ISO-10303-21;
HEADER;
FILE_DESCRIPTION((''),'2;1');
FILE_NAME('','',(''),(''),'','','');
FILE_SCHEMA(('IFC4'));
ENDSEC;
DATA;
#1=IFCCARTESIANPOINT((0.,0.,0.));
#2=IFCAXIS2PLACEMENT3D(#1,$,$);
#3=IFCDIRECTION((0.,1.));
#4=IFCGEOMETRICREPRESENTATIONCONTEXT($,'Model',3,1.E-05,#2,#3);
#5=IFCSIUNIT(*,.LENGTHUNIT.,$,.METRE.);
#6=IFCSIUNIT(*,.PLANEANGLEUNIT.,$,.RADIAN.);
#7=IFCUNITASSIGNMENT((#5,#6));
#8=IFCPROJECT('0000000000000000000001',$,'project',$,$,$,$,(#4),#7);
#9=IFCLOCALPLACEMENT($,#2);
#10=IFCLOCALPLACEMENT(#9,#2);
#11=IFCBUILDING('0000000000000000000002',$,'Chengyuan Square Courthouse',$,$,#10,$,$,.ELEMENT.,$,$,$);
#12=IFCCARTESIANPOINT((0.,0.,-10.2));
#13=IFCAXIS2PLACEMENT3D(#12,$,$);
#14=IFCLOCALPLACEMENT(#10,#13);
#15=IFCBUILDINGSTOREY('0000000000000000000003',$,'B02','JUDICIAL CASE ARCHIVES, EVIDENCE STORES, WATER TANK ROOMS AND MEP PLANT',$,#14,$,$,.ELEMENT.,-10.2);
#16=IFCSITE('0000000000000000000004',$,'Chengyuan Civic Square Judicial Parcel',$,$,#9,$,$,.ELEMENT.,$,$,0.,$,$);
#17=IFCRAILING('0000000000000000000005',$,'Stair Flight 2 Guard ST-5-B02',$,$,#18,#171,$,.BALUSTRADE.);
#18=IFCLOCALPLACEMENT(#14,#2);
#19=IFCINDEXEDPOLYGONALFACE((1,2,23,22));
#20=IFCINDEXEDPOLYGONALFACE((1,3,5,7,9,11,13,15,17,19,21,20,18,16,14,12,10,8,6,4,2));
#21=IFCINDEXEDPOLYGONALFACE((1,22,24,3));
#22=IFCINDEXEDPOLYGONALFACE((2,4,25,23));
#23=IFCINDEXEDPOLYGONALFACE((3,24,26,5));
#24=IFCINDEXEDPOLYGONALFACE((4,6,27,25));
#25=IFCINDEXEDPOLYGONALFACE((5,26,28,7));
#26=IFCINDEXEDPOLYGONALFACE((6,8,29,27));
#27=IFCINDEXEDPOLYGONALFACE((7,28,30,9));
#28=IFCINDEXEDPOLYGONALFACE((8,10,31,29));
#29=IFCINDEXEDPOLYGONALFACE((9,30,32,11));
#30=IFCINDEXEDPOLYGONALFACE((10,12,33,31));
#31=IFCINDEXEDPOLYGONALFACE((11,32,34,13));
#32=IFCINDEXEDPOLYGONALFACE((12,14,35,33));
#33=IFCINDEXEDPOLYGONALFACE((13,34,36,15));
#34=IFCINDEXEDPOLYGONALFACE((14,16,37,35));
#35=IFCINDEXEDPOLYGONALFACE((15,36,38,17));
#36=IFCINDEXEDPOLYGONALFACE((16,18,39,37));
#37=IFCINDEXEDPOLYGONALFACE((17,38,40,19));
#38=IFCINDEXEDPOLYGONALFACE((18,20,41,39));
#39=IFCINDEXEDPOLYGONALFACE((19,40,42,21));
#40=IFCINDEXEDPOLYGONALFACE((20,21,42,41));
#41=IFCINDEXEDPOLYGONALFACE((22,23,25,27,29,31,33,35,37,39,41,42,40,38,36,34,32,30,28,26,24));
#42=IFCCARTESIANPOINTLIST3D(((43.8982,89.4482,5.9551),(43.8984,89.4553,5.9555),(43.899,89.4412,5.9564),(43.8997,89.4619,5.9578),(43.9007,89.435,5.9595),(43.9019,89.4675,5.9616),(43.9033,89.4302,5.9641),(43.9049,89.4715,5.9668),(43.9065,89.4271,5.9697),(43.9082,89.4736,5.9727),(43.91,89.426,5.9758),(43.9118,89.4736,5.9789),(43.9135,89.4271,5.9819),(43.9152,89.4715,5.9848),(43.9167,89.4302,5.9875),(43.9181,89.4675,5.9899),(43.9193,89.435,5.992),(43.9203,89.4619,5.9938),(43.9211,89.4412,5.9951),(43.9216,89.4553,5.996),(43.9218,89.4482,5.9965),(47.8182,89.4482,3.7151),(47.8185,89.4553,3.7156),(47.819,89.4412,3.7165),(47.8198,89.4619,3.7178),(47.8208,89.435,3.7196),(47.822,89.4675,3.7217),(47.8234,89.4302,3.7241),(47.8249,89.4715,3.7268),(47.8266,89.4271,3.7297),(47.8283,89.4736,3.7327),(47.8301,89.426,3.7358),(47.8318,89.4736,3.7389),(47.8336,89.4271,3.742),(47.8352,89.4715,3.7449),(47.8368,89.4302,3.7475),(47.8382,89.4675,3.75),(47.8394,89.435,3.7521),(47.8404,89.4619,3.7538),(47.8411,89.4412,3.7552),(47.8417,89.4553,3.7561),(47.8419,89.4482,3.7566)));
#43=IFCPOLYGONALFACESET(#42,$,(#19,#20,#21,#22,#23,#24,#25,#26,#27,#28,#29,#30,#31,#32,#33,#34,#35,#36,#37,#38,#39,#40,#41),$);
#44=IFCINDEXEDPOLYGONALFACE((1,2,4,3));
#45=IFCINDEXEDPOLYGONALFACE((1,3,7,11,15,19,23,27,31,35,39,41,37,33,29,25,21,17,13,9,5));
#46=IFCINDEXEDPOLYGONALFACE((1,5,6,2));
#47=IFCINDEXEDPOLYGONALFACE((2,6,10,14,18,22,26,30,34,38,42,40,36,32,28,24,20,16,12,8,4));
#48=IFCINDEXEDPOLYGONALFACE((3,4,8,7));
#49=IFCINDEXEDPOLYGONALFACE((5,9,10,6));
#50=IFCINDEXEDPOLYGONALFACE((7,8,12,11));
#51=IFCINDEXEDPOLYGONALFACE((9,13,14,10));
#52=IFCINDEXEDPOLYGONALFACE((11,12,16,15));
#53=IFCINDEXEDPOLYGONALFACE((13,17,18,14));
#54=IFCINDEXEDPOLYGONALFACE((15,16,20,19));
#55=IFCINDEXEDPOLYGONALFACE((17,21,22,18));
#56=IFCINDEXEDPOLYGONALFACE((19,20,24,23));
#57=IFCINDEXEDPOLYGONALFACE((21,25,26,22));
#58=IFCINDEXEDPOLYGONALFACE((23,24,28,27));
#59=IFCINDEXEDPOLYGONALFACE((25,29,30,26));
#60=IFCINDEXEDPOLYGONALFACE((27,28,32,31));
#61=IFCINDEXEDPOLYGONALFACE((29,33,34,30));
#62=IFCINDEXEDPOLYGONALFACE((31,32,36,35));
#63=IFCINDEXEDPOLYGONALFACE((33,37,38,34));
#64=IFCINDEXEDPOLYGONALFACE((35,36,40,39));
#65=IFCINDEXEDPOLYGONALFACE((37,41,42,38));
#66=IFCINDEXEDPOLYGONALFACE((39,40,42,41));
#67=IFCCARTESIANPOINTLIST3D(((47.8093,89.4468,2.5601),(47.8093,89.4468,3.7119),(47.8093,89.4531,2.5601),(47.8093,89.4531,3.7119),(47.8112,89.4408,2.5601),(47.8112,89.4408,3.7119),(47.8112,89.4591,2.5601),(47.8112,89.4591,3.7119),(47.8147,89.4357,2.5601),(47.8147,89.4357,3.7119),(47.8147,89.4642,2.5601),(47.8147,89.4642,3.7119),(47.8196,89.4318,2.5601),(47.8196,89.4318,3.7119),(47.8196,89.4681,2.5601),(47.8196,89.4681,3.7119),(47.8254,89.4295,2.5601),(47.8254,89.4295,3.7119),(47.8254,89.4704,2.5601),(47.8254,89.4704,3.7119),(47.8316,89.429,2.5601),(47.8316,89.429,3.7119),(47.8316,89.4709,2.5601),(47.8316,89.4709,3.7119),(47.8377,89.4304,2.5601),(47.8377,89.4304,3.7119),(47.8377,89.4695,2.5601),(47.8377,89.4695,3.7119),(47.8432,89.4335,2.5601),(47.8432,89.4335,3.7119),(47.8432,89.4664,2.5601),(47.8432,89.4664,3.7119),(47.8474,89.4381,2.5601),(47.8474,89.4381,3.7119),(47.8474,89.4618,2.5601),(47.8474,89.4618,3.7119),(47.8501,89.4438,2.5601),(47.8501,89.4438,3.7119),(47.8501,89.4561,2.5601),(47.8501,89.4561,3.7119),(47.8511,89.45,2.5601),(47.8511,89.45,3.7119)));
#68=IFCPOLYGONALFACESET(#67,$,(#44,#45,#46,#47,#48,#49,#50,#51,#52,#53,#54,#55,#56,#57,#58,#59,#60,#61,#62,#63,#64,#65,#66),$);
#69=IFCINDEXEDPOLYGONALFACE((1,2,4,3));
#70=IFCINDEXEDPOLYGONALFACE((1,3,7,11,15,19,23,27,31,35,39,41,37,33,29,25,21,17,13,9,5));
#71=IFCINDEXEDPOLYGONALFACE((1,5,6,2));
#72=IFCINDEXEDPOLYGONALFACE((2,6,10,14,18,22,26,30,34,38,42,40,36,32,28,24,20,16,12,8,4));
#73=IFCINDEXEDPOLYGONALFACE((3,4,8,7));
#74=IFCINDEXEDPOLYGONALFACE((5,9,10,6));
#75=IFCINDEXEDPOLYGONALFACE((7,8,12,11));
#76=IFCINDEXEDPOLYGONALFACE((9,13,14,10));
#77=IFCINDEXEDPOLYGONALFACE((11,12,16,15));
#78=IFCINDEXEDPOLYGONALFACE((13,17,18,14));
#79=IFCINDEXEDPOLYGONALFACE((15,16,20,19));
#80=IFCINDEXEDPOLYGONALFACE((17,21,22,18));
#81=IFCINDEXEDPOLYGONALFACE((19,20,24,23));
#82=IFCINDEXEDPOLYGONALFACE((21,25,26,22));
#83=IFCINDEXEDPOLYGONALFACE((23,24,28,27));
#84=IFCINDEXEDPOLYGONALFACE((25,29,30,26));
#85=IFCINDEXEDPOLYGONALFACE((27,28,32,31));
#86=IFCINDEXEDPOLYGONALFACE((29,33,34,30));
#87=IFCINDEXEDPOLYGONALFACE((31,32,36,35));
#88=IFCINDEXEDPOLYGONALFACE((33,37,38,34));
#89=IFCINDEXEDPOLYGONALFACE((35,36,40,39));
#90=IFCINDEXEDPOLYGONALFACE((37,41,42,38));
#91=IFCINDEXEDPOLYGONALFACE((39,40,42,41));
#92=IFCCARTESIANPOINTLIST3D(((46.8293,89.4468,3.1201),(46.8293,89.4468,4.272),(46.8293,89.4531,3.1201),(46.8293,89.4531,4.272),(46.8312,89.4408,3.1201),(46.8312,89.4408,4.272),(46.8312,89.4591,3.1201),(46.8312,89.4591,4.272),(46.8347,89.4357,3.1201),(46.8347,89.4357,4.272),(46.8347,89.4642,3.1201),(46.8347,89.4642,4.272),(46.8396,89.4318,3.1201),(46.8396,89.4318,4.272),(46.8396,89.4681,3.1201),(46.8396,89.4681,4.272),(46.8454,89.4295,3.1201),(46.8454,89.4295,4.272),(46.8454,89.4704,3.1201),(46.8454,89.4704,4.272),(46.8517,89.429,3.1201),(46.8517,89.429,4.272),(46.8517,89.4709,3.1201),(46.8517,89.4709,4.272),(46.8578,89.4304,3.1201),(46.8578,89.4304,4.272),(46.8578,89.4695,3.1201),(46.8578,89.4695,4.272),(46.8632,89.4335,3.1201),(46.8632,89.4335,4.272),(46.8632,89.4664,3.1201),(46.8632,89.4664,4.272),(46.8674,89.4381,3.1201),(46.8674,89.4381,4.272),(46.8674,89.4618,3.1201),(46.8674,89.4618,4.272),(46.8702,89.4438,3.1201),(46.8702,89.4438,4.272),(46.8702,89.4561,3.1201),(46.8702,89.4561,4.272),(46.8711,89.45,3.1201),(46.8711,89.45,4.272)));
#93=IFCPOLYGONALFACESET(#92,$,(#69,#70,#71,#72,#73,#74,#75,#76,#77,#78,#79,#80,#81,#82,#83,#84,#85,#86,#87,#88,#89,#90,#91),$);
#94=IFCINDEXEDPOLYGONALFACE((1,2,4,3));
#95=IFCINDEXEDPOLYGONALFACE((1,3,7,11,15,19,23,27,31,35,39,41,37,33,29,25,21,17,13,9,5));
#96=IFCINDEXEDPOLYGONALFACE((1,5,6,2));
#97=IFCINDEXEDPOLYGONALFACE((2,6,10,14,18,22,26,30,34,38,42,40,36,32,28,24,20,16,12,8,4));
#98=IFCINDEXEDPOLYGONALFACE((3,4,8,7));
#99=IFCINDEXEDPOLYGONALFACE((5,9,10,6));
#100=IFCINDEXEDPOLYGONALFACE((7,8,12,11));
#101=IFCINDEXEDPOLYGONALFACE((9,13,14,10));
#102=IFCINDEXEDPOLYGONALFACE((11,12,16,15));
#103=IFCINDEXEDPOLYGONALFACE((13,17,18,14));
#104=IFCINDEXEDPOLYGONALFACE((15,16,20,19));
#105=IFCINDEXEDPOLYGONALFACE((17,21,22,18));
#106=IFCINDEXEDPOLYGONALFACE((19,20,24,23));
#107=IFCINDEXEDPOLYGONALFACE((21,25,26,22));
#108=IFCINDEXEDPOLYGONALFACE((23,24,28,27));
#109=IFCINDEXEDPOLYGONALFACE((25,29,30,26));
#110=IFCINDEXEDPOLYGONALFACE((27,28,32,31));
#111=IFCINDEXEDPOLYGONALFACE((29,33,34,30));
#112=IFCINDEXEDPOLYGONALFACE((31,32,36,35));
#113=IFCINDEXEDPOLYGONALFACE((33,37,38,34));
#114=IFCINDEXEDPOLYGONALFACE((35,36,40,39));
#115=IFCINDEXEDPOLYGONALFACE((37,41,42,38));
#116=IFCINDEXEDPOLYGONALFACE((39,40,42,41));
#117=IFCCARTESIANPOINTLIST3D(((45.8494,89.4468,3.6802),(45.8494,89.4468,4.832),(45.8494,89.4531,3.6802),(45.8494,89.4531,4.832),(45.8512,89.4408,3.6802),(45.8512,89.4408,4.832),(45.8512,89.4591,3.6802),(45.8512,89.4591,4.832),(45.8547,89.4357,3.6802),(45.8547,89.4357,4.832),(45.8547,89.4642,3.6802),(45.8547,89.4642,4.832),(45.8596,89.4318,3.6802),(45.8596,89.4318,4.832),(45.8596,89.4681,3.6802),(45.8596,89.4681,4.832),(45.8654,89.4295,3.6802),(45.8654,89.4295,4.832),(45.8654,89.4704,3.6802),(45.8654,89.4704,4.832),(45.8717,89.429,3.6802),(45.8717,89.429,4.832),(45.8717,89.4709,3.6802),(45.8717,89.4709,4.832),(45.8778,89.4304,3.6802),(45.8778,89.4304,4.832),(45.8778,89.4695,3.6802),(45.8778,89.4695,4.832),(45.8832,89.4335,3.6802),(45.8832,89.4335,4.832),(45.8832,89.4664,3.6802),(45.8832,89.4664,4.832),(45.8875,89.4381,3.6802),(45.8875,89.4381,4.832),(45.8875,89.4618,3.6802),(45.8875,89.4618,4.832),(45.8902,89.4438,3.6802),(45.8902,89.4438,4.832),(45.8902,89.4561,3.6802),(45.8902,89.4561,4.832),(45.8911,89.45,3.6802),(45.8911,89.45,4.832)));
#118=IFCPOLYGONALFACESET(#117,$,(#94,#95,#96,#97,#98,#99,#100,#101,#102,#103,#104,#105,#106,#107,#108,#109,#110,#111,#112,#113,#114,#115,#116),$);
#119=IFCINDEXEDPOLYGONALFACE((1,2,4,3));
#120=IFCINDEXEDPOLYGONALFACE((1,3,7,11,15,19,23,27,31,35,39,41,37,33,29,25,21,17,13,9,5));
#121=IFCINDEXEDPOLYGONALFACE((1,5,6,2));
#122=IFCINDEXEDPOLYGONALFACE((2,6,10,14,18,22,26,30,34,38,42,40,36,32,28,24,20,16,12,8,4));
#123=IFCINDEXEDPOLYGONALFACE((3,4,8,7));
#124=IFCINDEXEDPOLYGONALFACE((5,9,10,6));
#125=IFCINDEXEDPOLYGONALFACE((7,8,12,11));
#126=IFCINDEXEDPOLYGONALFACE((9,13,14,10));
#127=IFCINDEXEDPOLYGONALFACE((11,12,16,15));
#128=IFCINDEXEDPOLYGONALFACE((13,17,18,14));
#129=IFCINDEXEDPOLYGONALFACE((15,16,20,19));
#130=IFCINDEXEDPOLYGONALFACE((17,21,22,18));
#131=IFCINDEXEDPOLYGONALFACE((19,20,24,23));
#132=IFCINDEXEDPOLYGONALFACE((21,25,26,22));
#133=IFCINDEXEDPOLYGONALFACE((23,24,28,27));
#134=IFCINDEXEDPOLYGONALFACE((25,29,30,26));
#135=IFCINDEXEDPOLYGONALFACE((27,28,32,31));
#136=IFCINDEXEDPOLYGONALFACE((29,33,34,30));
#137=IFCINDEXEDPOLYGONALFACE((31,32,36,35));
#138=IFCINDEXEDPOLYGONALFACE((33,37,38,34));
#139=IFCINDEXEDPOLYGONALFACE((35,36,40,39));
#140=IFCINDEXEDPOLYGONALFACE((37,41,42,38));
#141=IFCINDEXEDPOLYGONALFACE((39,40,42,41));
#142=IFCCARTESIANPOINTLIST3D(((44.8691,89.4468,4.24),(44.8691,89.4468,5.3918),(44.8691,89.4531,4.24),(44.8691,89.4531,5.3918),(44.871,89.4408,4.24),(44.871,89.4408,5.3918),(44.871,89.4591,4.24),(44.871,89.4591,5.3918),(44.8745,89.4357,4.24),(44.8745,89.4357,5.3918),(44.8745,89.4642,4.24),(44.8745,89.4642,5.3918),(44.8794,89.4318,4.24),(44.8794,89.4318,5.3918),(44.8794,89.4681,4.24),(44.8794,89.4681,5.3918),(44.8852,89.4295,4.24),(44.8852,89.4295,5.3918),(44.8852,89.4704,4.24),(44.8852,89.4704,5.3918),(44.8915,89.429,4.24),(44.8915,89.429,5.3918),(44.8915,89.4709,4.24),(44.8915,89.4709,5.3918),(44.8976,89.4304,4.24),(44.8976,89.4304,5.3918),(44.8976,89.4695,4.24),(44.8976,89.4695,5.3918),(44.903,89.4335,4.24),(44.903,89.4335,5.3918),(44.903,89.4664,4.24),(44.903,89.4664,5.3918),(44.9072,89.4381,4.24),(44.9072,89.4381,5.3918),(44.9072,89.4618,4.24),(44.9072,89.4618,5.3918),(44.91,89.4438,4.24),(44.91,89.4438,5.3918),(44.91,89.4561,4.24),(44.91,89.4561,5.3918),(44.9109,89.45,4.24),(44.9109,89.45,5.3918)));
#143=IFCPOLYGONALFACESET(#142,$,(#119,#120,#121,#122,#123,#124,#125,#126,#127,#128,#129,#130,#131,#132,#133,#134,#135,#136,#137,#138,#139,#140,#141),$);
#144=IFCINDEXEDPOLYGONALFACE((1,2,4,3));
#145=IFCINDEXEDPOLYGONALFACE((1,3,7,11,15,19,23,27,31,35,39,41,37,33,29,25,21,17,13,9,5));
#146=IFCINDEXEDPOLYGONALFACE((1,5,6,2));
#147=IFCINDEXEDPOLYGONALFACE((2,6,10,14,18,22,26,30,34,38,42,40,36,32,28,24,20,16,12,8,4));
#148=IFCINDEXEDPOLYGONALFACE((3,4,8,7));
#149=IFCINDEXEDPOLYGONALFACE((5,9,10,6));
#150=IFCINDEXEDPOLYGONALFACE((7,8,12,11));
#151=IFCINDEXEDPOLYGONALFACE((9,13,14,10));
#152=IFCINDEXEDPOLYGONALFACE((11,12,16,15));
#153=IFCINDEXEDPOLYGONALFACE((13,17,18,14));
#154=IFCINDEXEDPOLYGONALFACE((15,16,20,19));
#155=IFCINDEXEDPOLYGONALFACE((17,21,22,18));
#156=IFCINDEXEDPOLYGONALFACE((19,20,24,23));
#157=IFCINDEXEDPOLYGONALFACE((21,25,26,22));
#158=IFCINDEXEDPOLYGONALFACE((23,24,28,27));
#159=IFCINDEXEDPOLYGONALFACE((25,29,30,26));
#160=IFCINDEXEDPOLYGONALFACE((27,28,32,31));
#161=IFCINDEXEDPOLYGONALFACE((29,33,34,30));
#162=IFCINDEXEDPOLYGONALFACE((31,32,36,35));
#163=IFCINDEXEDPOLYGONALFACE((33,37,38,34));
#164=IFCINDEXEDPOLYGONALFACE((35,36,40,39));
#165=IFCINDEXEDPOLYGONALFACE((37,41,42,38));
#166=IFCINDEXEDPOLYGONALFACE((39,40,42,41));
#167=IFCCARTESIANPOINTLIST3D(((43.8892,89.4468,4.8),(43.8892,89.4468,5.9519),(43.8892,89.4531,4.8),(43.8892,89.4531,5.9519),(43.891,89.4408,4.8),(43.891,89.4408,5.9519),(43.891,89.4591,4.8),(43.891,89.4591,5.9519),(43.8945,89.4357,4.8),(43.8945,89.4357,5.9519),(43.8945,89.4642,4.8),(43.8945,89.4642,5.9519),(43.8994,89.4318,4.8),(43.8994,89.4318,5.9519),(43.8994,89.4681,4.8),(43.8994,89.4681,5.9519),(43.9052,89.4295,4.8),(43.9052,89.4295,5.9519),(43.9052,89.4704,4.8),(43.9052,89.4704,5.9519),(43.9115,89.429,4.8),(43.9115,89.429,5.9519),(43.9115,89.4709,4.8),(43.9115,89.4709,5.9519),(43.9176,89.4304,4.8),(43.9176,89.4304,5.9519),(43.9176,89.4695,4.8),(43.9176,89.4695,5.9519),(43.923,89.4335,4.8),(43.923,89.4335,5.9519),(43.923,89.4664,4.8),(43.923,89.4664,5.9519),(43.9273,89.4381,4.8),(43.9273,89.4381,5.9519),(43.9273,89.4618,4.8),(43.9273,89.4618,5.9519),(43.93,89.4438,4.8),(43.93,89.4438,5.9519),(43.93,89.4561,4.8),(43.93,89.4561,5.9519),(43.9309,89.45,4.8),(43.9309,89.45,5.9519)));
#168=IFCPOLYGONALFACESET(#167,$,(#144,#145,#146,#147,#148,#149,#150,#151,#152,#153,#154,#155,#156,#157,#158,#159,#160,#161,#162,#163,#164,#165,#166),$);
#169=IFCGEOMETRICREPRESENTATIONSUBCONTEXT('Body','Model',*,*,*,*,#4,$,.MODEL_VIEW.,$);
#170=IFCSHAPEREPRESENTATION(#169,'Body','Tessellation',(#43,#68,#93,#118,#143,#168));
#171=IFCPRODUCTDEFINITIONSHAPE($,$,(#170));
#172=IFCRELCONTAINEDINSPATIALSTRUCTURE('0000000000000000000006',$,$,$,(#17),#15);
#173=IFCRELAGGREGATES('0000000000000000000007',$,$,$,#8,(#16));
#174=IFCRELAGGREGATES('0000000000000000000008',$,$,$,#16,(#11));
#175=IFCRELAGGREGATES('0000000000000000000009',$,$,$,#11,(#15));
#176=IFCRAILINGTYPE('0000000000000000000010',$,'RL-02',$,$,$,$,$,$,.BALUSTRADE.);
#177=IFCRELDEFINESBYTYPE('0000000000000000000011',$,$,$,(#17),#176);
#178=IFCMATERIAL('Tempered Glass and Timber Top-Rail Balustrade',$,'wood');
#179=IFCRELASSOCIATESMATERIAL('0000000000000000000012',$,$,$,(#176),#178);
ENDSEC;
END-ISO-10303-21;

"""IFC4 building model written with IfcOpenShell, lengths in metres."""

from ifc_helpers import new_model, si_unit, direction, frame, origin, origin_2d, place, context, subcontext, project, spatial, circle, extrude, material, type_object, element, save


model = new_model("IFC4")

# Units and contexts
model_context = context("Model", 3, precision=1e-05, world=origin(), true_north=direction((0.0, 1.0)))
body_context = subcontext(model_context, "Body", "Model", "MODEL_VIEW")
ifc_project = project(units=[si_unit("LENGTHUNIT", "METRE"), si_unit("PLANEANGLEUNIT", "RADIAN")], contexts=[model_context])

# Site, building, storey
site_placement = place(None, origin())
site = spatial("IfcSite", under=ifc_project, at=site_placement, Name="Chengyuan Civic Square Judicial Parcel", CompositionType="ELEMENT", RefElevation=0.0)
building_placement = place(site_placement, origin())
building = spatial("IfcBuilding", under=site, at=building_placement, Name="Chengyuan Square Courthouse", CompositionType="ELEMENT")
storey_placement = place(building_placement, frame((0.0, 0.0, -10.2)))
storey = spatial("IfcBuildingStorey", under=building, at=storey_placement, Name="B02", Description="JUDICIAL CASE ARCHIVES, EVIDENCE STORES, WATER TANK ROOMS AND MEP PLANT", CompositionType="ELEMENT", Elevation=-10.2)

# Railing
ifc_material_1 = material(Name="Tempered Glass and Timber Top-Rail Balustrade", Category="wood")
railing_type_1 = type_object("IfcRailingType", Name="RL-02", PredefinedType="BALUSTRADE", material=ifc_material_1)
railing_1_placement = place(storey_placement, frame((47.8301, 89.45, 2.5601)))
element("IfcRailing", 1, at=railing_1_placement, inside=storey, type_object=railing_type_1, Name="Stair Flight 2 Guard ST-5-B02", PredefinedType="BALUSTRADE", context=body_context, shape_type="SweptSolid", body=[
    extrude(circle(Radius=0.0239, at=origin_2d()), frame((0.0, 0.0, 1.1758), z_axis=(-0.868253, 0.0, 0.496121), x_axis=(0.0, -1.0, 0.0)), (0.0, 0.0, 1.0), 4.5149),
    extrude(circle(Radius=0.021, at=origin_2d()), origin(), (0.0, 0.0, 1.0), 1.1519),
    extrude(circle(Radius=0.021, at=origin_2d()), frame((-0.98, 0.0, 0.5601)), (0.0, 0.0, 1.0), 1.1519),
    extrude(circle(Radius=0.021, at=origin_2d()), frame((-1.96, 0.0, 1.1201)), (0.0, 0.0, 1.0), 1.1519),
    extrude(circle(Radius=0.021, at=origin_2d()), frame((-2.9402, 0.0, 1.6799)), (0.0, 0.0, 1.0), 1.1519),
    extrude(circle(Radius=0.021, at=origin_2d()), frame((-3.9202, 0.0, 2.24)), (0.0, 0.0, 1.0), 1.1519),
])

save(model, "model.ifc")
